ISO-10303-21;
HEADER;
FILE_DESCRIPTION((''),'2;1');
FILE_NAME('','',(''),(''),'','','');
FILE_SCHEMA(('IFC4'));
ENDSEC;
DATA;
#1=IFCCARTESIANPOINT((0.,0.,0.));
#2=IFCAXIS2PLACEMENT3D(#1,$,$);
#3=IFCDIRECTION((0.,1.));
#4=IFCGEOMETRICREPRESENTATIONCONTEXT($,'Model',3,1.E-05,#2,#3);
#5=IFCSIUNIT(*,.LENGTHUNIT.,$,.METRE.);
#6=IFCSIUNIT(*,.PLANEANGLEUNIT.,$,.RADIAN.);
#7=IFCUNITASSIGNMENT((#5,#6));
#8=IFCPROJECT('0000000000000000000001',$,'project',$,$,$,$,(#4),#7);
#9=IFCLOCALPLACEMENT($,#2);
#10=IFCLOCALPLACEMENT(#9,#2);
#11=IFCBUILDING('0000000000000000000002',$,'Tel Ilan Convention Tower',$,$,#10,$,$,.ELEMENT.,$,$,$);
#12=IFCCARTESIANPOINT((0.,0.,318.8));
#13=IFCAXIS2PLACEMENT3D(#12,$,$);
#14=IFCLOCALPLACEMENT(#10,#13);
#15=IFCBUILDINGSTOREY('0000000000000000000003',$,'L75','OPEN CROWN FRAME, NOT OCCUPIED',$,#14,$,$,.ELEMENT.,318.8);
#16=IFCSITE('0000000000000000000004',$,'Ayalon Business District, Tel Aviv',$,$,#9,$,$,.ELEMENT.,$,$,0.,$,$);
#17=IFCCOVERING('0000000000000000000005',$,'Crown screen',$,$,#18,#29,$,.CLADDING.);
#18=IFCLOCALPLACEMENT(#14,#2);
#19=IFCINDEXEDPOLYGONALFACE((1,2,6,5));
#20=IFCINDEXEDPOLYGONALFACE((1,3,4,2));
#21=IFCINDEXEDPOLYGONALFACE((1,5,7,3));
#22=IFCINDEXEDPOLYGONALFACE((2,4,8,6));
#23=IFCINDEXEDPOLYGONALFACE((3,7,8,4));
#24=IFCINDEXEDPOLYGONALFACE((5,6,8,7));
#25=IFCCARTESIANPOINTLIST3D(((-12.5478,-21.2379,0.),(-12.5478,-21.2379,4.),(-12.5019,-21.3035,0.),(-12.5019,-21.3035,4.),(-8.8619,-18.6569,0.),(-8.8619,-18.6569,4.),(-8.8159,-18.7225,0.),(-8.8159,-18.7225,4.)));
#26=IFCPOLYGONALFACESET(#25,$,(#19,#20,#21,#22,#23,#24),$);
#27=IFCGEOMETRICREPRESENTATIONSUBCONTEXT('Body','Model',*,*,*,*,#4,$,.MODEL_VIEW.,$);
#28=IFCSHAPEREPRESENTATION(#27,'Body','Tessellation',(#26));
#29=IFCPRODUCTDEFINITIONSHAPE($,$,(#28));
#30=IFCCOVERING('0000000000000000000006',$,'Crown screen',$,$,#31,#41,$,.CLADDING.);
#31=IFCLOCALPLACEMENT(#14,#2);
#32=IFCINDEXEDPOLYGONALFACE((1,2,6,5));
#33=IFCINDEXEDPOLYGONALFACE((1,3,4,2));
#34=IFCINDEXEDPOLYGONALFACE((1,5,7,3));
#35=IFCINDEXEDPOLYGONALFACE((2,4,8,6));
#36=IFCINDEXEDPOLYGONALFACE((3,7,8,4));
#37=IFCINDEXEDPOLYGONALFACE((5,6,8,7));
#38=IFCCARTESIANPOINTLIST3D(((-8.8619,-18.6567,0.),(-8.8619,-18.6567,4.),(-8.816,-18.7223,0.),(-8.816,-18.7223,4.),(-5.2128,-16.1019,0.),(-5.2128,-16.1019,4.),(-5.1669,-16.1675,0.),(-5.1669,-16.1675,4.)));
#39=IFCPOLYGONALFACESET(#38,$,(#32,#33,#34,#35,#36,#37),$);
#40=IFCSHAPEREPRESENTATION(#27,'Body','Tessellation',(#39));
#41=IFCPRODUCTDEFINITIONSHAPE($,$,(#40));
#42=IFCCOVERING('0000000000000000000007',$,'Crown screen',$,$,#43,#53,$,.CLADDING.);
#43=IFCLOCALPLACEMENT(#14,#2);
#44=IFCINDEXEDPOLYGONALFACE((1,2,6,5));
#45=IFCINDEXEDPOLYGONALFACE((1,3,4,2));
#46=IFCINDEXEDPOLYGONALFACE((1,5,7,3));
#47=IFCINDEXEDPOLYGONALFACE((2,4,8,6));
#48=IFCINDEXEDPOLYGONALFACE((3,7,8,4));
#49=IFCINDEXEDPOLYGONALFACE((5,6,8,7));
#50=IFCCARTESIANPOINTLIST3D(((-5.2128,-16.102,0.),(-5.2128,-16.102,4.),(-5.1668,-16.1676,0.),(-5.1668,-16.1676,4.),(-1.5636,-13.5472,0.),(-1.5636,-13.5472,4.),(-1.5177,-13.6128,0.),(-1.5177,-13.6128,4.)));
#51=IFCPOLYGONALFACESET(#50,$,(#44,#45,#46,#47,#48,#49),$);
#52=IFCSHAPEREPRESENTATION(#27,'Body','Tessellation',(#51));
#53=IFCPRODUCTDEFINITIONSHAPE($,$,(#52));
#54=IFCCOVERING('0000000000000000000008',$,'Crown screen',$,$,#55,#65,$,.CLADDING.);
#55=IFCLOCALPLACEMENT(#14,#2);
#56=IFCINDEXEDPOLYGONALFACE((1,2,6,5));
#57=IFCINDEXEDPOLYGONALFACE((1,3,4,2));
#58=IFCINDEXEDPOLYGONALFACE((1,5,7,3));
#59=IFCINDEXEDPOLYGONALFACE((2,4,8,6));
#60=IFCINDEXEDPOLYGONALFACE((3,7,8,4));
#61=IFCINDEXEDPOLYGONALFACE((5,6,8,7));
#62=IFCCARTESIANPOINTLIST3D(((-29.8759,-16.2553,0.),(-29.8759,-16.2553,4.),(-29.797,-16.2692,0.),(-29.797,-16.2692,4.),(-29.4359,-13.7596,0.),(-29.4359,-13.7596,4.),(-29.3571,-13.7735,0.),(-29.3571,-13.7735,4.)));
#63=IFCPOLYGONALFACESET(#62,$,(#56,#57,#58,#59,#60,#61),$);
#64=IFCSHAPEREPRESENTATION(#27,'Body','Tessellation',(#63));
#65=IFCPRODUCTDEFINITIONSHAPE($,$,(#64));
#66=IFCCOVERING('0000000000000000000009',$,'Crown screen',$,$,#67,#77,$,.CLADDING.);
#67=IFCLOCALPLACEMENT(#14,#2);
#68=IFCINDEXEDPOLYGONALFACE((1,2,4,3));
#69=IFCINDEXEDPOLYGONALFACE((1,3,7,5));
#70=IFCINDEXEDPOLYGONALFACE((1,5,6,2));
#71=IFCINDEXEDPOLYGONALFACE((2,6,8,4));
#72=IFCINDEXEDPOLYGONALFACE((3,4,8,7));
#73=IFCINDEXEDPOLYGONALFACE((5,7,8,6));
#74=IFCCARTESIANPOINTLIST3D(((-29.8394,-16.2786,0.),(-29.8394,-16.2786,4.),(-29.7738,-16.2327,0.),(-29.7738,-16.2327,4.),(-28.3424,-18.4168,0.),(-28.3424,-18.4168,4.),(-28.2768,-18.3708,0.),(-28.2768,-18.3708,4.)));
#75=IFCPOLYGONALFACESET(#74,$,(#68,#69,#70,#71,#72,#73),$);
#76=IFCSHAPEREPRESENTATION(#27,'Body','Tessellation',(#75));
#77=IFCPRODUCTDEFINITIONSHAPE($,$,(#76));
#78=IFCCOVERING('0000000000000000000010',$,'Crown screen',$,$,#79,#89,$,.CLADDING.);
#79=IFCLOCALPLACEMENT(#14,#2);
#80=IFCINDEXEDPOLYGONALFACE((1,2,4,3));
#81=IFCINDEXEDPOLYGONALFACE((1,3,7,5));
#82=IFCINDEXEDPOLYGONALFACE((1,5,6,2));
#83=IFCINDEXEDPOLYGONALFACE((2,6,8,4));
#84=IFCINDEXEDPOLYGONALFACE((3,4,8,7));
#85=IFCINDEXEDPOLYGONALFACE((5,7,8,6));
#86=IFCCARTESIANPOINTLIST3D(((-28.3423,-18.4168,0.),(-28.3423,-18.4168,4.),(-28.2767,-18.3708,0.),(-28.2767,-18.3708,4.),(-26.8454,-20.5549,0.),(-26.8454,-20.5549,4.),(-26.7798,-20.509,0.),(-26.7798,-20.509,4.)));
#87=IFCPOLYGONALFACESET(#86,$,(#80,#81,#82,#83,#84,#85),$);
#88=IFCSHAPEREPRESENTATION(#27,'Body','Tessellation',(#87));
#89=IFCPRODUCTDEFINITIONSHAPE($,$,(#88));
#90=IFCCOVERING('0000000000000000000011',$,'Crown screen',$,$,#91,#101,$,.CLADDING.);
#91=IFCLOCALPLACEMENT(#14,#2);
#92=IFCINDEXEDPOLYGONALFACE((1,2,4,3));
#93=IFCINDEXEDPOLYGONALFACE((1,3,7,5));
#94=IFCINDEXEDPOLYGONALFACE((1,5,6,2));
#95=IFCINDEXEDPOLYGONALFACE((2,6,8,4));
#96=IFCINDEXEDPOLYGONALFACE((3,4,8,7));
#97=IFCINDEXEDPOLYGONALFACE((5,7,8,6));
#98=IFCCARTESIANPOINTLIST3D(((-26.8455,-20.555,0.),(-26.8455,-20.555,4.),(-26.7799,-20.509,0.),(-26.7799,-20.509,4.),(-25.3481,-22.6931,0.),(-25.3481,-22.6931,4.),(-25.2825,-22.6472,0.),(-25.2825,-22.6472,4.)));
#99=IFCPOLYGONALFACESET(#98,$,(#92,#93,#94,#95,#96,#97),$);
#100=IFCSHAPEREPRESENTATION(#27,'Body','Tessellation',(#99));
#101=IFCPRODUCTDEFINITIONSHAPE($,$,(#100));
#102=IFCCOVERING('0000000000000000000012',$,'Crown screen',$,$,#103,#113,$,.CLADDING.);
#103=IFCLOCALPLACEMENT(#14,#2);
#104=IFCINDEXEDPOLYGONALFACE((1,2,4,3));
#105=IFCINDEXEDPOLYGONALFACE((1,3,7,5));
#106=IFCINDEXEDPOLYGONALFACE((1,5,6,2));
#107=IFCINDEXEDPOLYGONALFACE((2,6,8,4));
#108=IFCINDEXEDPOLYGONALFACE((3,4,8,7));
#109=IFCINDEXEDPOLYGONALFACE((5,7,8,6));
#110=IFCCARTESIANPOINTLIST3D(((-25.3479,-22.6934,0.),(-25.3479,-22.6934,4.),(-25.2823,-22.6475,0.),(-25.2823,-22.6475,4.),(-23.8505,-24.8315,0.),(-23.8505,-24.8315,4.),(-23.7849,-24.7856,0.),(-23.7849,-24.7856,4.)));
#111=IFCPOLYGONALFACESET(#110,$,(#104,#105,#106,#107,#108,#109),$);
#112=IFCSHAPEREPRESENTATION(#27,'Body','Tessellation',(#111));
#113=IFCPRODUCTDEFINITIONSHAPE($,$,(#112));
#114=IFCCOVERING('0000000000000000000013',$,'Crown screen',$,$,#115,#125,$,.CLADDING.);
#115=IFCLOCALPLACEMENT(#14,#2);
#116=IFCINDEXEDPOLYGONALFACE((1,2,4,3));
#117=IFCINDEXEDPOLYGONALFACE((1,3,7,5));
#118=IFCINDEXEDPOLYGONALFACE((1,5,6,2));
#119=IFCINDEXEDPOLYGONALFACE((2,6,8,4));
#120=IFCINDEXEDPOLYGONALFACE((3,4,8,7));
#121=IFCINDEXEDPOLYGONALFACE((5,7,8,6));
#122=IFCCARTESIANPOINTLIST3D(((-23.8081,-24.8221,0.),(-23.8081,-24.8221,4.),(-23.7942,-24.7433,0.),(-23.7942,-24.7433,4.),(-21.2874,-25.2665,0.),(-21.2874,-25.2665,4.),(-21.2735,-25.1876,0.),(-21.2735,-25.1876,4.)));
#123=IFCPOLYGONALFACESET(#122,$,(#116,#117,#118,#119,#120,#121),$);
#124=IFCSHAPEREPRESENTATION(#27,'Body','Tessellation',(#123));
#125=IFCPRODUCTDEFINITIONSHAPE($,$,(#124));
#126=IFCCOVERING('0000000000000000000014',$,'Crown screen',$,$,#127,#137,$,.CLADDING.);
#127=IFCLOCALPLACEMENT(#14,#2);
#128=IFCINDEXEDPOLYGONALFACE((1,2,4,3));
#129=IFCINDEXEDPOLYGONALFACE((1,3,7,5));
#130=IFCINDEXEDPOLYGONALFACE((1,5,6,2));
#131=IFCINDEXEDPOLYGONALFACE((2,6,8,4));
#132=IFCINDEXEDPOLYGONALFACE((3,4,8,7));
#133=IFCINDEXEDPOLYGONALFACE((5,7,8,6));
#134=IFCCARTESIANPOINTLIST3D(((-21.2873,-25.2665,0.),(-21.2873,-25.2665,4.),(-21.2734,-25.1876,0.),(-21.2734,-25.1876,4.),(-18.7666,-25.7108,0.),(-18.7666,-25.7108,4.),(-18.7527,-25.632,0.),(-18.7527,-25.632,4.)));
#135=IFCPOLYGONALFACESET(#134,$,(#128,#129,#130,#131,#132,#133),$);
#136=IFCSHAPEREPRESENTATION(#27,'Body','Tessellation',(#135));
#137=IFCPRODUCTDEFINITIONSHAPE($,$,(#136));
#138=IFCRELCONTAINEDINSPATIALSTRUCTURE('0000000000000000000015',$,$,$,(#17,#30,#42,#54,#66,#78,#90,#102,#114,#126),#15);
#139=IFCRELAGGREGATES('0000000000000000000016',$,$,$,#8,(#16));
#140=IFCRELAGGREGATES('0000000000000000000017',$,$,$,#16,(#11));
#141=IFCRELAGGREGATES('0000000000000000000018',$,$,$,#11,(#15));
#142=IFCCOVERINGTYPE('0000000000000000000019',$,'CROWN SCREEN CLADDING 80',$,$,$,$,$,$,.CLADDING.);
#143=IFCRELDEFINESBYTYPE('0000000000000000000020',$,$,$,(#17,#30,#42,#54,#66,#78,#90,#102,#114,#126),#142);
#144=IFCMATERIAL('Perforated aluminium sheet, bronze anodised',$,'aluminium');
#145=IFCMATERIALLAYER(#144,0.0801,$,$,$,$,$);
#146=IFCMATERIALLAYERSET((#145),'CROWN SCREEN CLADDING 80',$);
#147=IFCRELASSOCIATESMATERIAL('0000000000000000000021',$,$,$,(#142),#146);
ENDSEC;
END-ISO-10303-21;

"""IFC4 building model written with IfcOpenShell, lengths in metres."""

from ifc_helpers import new_model, si_unit, direction, frame, origin, origin_2d, place, context, subcontext, project, spatial, rectangle, extrude, material, layer, layer_set, type_object, element, save


model = new_model("IFC4")

# Units and contexts
model_context = context("Model", 3, precision=1e-05, world=origin(), true_north=direction((0.0, 1.0)))
body_context = subcontext(model_context, "Body", "Model", "MODEL_VIEW")
ifc_project = project(units=[si_unit("LENGTHUNIT", "METRE"), si_unit("PLANEANGLEUNIT", "RADIAN")], contexts=[model_context])

# Site, building, storey
site_placement = place(None, origin())
site = spatial("IfcSite", under=ifc_project, at=site_placement, Name="Ayalon Business District, Tel Aviv", CompositionType="ELEMENT", RefElevation=0.0)
building_placement = place(site_placement, origin())
building = spatial("IfcBuilding", under=site, at=building_placement, Name="Tel Ilan Convention Tower", CompositionType="ELEMENT")
storey_placement = place(building_placement, frame((0.0, 0.0, 318.8)))
storey = spatial("IfcBuildingStorey", under=building, at=storey_placement, Name="L75", Description="OPEN CROWN FRAME, NOT OCCUPIED", CompositionType="ELEMENT", Elevation=318.8)

# Coverings
ifc_material_1 = material(Name="Perforated aluminium sheet, bronze anodised", Category="aluminium")
ifc_layer_1 = layer(ifc_material_1, 0.0801)
ifc_layer_set_1 = layer_set([ifc_layer_1], Name="CROWN SCREEN CLADDING 80")
covering_type = type_object("IfcCoveringType", Name="CROWN SCREEN CLADDING 80", PredefinedType="CLADDING", material=ifc_layer_set_1)
for number, where, z_axis, x_axis, name in (
    (1, (-10.6819, -19.9802, 0.0), (0.0, 0.0, 1.0), (0.819148, 0.573582, 0.0), "Crown screen"),
):
    element("IfcCovering", number, at=place(storey_placement, frame(where, z_axis=z_axis, x_axis=x_axis)), inside=storey, type_object=covering_type, Name=name, PredefinedType="CLADDING", context=body_context, shape_type="SweptSolid", body=[
        extrude(rectangle(XDim=4.4998, YDim=0.0801, at=origin_2d()), origin(), (0.0, 0.0, 1.0), 4.0),
    ])
for number, where, z_axis, x_axis, name in (
    (2, (-7.0144, -17.4121, 0.0), (0.0, 0.0, 1.0), (0.819185, 0.573529, 0.0), "Crown screen"),
    (3, (-3.3652, -14.8574, 0.0), (0.0, 0.0, 1.0), (0.819185, 0.573529, 0.0), "Crown screen"),
):
    element("IfcCovering", number, at=place(storey_placement, frame(where, z_axis=z_axis, x_axis=x_axis)), inside=storey, type_object=covering_type, Name=name, PredefinedType="CLADDING", context=body_context, shape_type="SweptSolid", body=[
        extrude(rectangle(XDim=4.4546, YDim=0.0801, at=origin_2d()), origin(), (0.0, 0.0, 1.0), 4.0),
    ])
covering_1_placement = place(storey_placement, frame((-29.6165, -15.0144, 0.0), z_axis=(0.0, 0.0, 1.0), x_axis=(-0.173598, -0.984817, 0.0)))
element("IfcCovering", 4, at=covering_1_placement, inside=storey, type_object=covering_type, Name="Crown screen", PredefinedType="CLADDING", context=body_context, shape_type="SweptSolid", body=[
    extrude(rectangle(XDim=2.5342, YDim=0.0801, at=origin_2d()), origin(), (0.0, 0.0, 1.0), 4.0),
])
for number, where, z_axis, x_axis, name in (
    (5, (-29.0581, -17.3247, 0.0), (0.0, 0.0, 1.0), (0.573515, -0.819195, 0.0), "Crown screen"),
    (6, (-27.561, -19.4629, 0.0), (0.0, 0.0, 1.0), (0.573515, -0.819195, 0.0), "Crown screen"),
):
    element("IfcCovering", number, at=place(storey_placement, frame(where, z_axis=z_axis, x_axis=x_axis)), inside=storey, type_object=covering_type, Name=name, PredefinedType="CLADDING", context=body_context, shape_type="SweptSolid", body=[
        extrude(rectangle(XDim=2.6101, YDim=0.0801, at=origin_2d()), origin(), (0.0, 0.0, 1.0), 4.0),
    ])
for number, where, z_axis, x_axis, name in (
    (7, (-26.064, -21.6011, 0.0), (0.0, 0.0, 1.0), (0.573647, -0.819103, 0.0), "Crown screen"),
    (8, (-24.5664, -23.7395, 0.0), (0.0, 0.0, 1.0), (0.573647, -0.819103, 0.0), "Crown screen"),
):
    element("IfcCovering", number, at=place(storey_placement, frame(where, z_axis=z_axis, x_axis=x_axis)), inside=storey, type_object=covering_type, Name=name, PredefinedType="CLADDING", context=body_context, shape_type="SweptSolid", body=[
        extrude(rectangle(XDim=2.6104, YDim=0.0801, at=origin_2d()), origin(), (0.0, 0.0, 1.0), 4.0),
    ])
for number, where, z_axis, x_axis, name in (
    (9, (-22.5408, -25.0049, 0.0), (0.0, 0.0, 1.0), (0.984817, -0.173598, 0.0), "Crown screen"),
    (10, (-20.02, -25.4492, 0.0), (0.0, 0.0, 1.0), (0.984817, -0.173598, 0.0), "Crown screen"),
):
    element("IfcCovering", number, at=place(storey_placement, frame(where, z_axis=z_axis, x_axis=x_axis)), inside=storey, type_object=covering_type, Name=name, PredefinedType="CLADDING", context=body_context, shape_type="SweptSolid", body=[
        extrude(rectangle(XDim=2.5596, YDim=0.0801, at=origin_2d()), origin(), (0.0, 0.0, 1.0), 4.0),
    ])

save(model, "model.ifc")
